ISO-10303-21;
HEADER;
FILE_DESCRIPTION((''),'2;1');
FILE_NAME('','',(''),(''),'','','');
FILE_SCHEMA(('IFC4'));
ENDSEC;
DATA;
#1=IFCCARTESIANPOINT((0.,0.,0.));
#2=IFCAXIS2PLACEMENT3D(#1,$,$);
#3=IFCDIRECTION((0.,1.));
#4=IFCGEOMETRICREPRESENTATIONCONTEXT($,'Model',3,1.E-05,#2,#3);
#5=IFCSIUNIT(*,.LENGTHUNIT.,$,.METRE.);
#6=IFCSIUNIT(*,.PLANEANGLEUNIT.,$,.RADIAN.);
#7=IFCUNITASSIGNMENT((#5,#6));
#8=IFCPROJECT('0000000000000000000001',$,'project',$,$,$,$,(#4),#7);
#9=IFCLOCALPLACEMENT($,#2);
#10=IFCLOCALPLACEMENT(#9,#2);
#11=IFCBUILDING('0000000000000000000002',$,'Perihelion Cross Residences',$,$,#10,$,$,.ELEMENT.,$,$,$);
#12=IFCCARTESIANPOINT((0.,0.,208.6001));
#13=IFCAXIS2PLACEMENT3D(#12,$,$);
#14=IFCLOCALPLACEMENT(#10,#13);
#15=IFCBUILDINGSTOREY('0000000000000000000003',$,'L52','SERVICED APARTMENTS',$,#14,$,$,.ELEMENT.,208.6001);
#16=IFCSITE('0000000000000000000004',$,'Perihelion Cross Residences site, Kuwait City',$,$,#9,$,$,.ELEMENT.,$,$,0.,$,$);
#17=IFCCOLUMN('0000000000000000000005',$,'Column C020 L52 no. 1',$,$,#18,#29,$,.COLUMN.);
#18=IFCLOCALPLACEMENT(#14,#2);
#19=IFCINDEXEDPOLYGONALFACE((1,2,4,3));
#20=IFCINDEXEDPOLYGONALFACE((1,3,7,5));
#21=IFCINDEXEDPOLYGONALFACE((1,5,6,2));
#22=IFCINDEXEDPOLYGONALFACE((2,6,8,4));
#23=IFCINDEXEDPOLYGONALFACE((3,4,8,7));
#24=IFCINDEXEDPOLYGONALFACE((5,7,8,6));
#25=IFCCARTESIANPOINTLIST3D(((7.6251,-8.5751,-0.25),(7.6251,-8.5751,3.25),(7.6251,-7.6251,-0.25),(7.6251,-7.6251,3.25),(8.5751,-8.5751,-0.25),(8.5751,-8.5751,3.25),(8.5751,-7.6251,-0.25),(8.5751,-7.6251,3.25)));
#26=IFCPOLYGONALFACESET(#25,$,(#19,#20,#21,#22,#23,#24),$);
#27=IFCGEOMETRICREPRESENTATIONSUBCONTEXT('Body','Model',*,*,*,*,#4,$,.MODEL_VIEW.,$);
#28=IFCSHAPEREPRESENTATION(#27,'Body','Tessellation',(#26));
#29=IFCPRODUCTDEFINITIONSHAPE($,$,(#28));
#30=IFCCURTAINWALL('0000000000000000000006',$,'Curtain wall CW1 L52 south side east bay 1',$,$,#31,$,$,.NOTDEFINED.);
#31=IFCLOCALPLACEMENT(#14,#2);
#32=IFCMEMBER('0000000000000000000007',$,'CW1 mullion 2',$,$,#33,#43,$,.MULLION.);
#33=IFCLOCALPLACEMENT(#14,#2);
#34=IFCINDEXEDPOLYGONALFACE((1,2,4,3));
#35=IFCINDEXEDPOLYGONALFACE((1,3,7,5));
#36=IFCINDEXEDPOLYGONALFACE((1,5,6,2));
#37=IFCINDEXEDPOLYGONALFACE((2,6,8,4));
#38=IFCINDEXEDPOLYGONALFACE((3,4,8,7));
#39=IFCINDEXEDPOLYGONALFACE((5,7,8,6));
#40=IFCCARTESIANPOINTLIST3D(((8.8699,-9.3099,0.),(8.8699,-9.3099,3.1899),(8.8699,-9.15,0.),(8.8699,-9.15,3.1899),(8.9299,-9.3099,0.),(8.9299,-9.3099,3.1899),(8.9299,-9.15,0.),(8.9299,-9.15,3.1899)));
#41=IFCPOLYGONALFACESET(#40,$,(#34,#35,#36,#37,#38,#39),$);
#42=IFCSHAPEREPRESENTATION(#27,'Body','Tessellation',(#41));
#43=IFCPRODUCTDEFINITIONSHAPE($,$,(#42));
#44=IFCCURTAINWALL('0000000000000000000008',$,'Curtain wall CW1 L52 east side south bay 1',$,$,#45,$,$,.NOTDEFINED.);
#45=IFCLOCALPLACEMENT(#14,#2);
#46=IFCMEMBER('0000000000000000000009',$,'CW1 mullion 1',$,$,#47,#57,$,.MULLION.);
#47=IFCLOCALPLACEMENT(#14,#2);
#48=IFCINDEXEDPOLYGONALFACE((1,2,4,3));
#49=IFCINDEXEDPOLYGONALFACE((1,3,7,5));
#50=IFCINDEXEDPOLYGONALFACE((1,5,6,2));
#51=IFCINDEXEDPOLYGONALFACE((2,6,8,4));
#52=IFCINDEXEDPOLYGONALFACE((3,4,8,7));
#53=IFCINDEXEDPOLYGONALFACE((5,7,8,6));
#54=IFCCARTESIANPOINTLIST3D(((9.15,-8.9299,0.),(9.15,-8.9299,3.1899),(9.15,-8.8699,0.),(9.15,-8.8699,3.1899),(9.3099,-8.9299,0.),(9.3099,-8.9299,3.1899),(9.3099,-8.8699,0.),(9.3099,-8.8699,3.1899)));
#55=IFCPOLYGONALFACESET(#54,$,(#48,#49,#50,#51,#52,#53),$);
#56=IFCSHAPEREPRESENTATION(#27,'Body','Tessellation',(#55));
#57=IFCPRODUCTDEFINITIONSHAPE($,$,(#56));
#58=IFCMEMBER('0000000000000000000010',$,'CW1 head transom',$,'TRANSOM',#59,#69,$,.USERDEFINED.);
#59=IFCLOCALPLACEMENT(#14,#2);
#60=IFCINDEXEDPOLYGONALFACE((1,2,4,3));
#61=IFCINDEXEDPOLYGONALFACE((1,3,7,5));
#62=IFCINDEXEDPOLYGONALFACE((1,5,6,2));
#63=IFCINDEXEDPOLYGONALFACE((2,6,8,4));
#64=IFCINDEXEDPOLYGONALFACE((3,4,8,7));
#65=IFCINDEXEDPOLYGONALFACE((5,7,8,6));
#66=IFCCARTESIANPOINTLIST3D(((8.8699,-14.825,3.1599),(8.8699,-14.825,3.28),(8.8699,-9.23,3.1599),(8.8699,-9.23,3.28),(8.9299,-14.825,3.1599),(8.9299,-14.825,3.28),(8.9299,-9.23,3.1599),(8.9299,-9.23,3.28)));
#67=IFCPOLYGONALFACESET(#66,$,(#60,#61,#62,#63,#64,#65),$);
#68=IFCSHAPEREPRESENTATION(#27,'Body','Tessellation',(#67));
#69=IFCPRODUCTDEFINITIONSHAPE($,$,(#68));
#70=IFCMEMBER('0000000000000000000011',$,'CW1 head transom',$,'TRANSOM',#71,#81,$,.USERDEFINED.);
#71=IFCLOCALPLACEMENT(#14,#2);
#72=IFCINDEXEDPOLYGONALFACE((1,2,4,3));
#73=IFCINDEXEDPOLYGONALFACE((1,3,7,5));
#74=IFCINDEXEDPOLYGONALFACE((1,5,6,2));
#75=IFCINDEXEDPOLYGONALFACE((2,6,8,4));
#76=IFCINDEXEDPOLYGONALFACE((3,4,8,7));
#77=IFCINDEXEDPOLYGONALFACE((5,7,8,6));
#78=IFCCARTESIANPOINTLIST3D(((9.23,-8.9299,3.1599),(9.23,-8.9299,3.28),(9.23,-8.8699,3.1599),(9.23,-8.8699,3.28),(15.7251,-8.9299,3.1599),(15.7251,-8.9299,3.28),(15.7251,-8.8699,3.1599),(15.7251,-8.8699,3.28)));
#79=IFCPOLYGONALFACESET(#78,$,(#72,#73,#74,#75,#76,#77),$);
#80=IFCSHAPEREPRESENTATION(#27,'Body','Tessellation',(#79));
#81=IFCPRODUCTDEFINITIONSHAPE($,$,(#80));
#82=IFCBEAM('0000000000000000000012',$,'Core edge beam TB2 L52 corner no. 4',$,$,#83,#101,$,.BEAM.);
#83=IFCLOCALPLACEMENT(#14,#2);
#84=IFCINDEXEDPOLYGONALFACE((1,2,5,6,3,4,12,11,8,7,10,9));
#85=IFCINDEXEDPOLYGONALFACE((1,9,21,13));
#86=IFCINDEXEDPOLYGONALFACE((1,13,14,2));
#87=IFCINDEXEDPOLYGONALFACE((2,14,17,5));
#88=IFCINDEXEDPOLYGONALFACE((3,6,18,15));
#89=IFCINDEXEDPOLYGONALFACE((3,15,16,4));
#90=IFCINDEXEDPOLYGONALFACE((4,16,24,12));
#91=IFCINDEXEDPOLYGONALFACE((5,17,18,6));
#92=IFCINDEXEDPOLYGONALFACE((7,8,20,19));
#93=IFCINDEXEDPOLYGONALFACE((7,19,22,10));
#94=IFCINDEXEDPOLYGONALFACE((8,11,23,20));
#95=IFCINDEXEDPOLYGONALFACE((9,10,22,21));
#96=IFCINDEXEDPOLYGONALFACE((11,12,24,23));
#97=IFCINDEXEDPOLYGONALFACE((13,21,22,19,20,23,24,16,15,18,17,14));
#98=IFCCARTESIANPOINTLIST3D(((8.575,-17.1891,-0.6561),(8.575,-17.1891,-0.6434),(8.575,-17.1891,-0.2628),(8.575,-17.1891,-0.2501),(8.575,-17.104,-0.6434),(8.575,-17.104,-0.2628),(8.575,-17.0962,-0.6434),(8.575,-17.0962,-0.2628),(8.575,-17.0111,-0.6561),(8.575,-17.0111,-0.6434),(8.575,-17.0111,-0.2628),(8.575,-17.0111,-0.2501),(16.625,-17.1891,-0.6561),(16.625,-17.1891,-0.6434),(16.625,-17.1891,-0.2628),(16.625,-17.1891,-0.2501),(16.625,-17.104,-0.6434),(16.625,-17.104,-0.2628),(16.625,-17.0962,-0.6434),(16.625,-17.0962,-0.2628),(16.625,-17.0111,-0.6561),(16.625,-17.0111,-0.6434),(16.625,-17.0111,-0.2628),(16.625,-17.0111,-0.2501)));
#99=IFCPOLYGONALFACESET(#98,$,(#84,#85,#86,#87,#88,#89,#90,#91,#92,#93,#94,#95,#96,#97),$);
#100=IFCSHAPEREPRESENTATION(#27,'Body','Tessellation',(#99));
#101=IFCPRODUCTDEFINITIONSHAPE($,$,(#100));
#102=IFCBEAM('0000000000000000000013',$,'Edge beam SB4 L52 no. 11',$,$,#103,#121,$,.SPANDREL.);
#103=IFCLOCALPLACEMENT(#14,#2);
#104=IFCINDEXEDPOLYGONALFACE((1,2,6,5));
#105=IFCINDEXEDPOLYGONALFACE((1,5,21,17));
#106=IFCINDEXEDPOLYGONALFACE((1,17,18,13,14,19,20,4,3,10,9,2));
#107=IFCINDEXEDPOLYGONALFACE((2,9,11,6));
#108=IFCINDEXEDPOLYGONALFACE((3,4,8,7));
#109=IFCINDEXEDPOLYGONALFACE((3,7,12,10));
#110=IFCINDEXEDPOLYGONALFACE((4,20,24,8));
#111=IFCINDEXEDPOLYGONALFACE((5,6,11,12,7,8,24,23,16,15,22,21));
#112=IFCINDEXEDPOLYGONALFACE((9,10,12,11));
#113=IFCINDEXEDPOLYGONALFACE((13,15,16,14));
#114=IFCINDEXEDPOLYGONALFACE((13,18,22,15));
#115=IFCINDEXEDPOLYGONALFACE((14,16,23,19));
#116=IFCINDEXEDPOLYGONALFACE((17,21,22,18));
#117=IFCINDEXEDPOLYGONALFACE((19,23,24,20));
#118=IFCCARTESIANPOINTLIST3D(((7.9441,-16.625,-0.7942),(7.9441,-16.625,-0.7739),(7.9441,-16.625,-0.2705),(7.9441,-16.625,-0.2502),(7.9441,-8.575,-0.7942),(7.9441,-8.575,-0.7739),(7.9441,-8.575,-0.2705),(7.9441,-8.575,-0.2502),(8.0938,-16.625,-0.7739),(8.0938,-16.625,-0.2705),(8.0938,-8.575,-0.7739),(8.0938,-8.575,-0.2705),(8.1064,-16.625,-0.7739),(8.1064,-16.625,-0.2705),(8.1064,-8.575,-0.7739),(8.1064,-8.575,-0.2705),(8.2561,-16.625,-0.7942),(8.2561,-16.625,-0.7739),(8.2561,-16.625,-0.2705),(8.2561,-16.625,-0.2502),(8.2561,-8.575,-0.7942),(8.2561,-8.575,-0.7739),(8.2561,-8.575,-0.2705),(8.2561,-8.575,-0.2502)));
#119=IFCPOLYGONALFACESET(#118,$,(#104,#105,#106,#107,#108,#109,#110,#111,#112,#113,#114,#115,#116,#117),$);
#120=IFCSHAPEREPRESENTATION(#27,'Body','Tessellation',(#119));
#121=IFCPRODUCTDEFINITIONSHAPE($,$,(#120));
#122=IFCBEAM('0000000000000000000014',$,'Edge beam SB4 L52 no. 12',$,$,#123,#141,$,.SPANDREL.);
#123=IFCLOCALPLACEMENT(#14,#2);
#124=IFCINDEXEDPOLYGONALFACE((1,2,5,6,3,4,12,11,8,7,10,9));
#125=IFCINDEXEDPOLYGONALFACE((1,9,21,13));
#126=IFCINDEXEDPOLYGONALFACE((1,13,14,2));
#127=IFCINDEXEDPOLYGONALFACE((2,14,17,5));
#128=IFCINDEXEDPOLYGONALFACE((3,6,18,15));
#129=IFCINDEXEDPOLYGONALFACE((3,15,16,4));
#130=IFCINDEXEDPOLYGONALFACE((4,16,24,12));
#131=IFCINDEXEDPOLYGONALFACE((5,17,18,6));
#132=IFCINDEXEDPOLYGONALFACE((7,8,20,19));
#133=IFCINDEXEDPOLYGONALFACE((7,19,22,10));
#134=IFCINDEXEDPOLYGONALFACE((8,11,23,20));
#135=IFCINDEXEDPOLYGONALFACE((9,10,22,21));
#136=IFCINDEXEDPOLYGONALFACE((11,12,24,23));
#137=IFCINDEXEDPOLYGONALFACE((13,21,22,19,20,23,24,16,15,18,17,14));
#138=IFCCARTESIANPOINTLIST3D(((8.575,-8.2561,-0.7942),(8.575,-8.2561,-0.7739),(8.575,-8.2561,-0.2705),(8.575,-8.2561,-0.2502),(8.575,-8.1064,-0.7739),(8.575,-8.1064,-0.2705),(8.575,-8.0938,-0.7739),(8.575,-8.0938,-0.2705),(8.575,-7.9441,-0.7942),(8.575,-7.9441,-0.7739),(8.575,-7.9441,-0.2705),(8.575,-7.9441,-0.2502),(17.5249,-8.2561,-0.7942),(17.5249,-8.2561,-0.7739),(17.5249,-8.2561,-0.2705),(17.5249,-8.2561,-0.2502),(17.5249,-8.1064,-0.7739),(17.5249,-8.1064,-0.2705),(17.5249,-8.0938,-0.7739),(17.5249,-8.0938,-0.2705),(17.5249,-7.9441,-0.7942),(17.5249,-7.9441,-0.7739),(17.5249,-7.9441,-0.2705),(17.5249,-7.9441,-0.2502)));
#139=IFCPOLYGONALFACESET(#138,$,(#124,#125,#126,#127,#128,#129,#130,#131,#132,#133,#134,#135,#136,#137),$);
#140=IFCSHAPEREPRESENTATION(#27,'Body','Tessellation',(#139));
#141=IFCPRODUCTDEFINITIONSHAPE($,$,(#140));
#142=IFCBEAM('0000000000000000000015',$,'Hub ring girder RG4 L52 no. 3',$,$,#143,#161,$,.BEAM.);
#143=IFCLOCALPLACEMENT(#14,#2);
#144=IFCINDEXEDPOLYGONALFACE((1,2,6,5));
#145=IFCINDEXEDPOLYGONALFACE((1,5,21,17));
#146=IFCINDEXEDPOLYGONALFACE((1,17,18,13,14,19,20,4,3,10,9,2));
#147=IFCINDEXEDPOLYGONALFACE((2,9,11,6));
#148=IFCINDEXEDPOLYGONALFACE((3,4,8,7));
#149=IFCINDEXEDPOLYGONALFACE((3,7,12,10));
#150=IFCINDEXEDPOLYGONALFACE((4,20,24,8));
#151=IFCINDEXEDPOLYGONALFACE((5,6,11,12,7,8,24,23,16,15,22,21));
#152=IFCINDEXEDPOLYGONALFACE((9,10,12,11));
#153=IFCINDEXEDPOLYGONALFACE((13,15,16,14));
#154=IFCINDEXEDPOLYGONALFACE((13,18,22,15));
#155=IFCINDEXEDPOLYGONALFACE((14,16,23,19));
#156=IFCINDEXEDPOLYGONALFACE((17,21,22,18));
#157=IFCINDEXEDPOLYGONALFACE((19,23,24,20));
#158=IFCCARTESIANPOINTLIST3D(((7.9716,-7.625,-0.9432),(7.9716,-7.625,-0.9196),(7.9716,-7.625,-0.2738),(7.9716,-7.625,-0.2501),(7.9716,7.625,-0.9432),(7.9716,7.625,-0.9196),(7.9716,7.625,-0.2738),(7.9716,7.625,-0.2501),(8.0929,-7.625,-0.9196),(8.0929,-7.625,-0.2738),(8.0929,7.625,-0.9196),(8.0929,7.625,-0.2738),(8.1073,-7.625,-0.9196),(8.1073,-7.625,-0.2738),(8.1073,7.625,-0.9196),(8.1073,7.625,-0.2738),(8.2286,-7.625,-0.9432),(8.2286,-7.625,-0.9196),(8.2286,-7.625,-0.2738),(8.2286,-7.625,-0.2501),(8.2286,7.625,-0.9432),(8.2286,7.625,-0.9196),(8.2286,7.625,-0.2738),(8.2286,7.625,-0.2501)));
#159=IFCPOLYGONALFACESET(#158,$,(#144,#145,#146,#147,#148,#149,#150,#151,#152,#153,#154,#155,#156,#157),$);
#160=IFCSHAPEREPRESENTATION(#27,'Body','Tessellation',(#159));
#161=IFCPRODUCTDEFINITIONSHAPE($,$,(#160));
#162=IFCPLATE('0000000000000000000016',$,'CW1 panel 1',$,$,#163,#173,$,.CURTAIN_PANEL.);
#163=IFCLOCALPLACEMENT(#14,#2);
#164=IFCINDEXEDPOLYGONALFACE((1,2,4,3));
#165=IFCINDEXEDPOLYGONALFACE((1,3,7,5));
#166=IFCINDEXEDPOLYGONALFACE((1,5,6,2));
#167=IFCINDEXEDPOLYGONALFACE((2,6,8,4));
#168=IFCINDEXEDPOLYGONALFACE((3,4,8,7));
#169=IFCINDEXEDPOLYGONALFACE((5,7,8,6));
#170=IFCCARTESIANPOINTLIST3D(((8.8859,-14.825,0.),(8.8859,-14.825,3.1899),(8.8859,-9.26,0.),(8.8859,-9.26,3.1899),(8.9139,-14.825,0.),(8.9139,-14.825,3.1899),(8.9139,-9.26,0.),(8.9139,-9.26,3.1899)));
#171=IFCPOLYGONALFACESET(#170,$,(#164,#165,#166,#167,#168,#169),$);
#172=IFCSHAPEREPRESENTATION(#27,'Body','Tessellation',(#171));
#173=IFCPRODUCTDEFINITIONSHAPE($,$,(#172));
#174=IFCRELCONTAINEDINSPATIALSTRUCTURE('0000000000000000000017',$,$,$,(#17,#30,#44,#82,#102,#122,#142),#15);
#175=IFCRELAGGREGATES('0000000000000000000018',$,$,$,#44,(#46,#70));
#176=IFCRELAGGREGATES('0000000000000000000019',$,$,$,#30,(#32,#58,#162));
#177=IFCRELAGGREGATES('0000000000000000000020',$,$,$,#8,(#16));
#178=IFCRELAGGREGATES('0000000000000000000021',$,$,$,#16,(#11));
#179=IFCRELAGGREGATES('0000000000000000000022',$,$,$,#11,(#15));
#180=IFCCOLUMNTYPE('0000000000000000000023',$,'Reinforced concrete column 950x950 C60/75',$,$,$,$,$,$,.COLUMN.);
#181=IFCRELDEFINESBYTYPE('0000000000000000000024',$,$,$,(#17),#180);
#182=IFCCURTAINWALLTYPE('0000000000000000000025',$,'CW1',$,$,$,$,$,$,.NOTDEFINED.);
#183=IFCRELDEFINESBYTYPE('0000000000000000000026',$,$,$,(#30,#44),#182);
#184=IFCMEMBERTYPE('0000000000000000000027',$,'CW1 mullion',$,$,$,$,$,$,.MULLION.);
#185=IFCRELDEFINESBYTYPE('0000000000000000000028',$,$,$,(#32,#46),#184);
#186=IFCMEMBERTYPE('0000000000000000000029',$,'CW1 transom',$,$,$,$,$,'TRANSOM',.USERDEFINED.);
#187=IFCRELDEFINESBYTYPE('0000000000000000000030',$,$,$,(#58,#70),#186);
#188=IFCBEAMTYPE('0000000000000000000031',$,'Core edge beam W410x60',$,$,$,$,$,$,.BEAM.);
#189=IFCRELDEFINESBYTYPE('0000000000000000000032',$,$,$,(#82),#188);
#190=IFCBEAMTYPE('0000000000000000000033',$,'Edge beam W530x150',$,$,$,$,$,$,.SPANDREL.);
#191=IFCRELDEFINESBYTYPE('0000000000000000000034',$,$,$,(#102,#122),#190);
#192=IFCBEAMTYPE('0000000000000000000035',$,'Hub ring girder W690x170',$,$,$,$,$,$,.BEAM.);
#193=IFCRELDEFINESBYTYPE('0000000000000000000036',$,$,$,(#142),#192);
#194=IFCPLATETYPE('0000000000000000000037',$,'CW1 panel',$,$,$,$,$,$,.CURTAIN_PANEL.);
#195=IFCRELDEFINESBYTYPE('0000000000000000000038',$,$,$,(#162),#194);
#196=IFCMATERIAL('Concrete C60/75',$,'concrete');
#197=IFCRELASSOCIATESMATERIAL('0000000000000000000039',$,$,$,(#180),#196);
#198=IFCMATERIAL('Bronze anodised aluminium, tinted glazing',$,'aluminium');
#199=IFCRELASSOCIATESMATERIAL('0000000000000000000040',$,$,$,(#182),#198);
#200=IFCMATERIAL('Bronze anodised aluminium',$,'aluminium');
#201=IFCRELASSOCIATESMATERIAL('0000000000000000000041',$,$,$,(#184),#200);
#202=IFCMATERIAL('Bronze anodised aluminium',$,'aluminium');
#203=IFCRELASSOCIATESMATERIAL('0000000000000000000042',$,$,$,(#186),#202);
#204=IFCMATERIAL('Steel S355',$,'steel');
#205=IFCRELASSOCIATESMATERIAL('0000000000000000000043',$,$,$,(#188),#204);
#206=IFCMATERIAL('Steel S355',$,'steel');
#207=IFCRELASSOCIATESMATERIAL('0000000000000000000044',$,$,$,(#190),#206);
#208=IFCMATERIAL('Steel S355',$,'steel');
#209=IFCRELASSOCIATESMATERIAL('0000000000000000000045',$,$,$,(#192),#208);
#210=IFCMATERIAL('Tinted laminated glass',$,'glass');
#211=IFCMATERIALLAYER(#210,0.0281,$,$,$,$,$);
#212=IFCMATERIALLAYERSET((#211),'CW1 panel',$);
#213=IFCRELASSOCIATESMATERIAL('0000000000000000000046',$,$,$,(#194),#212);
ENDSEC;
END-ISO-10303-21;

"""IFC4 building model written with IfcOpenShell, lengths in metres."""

from ifc_helpers import new_model, si_unit, direction, frame, origin, origin_2d, place, context, subcontext, project, spatial, rectangle, i_section, extrude, material, layer, layer_set, material_profile, profile_set, type_object, element, aggregate, save


model = new_model("IFC4")

# Units and contexts
model_context = context("Model", 3, precision=1e-05, world=origin(), true_north=direction((0.0, 1.0)))
body_context = subcontext(model_context, "Body", "Model", "MODEL_VIEW")
ifc_project = project(units=[si_unit("LENGTHUNIT", "METRE"), si_unit("PLANEANGLEUNIT", "RADIAN")], contexts=[model_context])

# Site, building, storey
site_placement = place(None, origin())
site = spatial("IfcSite", under=ifc_project, at=site_placement, Name="Perihelion Cross Residences site, Kuwait City", CompositionType="ELEMENT", RefElevation=0.0)
building_placement = place(site_placement, origin())
building = spatial("IfcBuilding", under=site, at=building_placement, Name="Perihelion Cross Residences", CompositionType="ELEMENT")
storey_placement = place(building_placement, frame((0.0, 0.0, 208.6001)))
storey = spatial("IfcBuildingStorey", under=building, at=storey_placement, Name="L52", Description="SERVICED APARTMENTS", CompositionType="ELEMENT", Elevation=208.6001)

# Column
ifc_material_1 = material(Name="Concrete C60/75", Category="concrete")
ifc_material_profile_1 = material_profile(ifc_material_1, rectangle(XDim=0.95, YDim=0.95, at=origin_2d()), Name="RC 950x950")
ifc_profile_set_1 = profile_set([ifc_material_profile_1], Name="Concrete C60/75")
column_type = type_object("IfcColumnType", Name="Reinforced concrete column 950x950 C60/75", PredefinedType="COLUMN", material=ifc_profile_set_1)
column_placement = place(storey_placement, frame((8.1001, -8.1001, -0.25), z_axis=(0.0, 0.0, 1.0), x_axis=(1.0, 0.0, 0.0)))
element("IfcColumn", 1, at=column_placement, inside=storey, type_object=column_type, Name="Column C020 L52 no. 1", PredefinedType="COLUMN", context=body_context, shape_type="SweptSolid", body=[
    extrude(rectangle(XDim=0.95, YDim=0.95, at=origin_2d()), origin(), (0.0, 0.0, 1.0), 3.5),
])

# Curtain walls, members
ifc_material_2 = material(Name="Bronze anodised aluminium, tinted glazing", Category="aluminium")
curtain_wall_type = type_object("IfcCurtainWallType", Name="CW1", PredefinedType="NOTDEFINED", material=ifc_material_2)
curtain_wall_1_placement = place(storey_placement, origin())
curtain_wall_1 = element("IfcCurtainWall", 2, at=curtain_wall_1_placement, inside=storey, type_object=curtain_wall_type, Name="Curtain wall CW1 L52 south side east bay 1", PredefinedType="NOTDEFINED")
ifc_material_3 = material(Name="Bronze anodised aluminium", Category="aluminium")
ifc_material_profile_2 = material_profile(ifc_material_3, rectangle(XDim=0.0601, YDim=0.1599, at=origin_2d()), Name="CW1 mullion")
ifc_profile_set_2 = profile_set([ifc_material_profile_2], Name="Bronze anodised aluminium")
member_type_1 = type_object("IfcMemberType", Name="CW1 mullion", PredefinedType="MULLION", material=ifc_profile_set_2)
member_1_placement = place(storey_placement, frame((8.8999, -9.23, 0.0), z_axis=(0.0, 0.0, 1.0), x_axis=(-1.0, 0.0, 0.0)))
member_1 = element("IfcMember", 3, at=member_1_placement, type_object=member_type_1, Name="CW1 mullion 2", PredefinedType="MULLION", context=body_context, shape_type="SweptSolid", body=[
    extrude(rectangle(XDim=0.0601, YDim=0.1599, at=origin_2d()), origin(), (0.0, 0.0, 1.0), 3.1899),
])
curtain_wall_2_placement = place(storey_placement, origin())
curtain_wall_2 = element("IfcCurtainWall", 4, at=curtain_wall_2_placement, inside=storey, type_object=curtain_wall_type, Name="Curtain wall CW1 L52 east side south bay 1", PredefinedType="NOTDEFINED")
member_2_placement = place(storey_placement, frame((9.23, -8.8999, 0.0), z_axis=(0.0, 0.0, 1.0), x_axis=(0.0, 1.0, 0.0)))
member_2 = element("IfcMember", 5, at=member_2_placement, type_object=member_type_1, Name="CW1 mullion 1", PredefinedType="MULLION", context=body_context, shape_type="SweptSolid", body=[
    extrude(rectangle(XDim=0.0601, YDim=0.1599, at=origin_2d()), origin(), (0.0, 0.0, 1.0), 3.1899),
])

# Members
ifc_material_4 = material(Name="Bronze anodised aluminium", Category="aluminium")
ifc_material_profile_3 = material_profile(ifc_material_4, rectangle(XDim=0.0601, YDim=0.1201, at=origin_2d()), Name="CW1 transom")
ifc_profile_set_3 = profile_set([ifc_material_profile_3], Name="Bronze anodised aluminium")
member_type_2 = type_object("IfcMemberType", Name="CW1 transom", ElementType="TRANSOM", PredefinedType="USERDEFINED", material=ifc_profile_set_3)
member_3_placement = place(storey_placement, frame((8.8999, -14.825, 3.22), z_axis=(0.0, 1.0, 0.0), x_axis=(-1.0, 0.0, 0.0)))
member_3 = element("IfcMember", 6, at=member_3_placement, type_object=member_type_2, Name="CW1 head transom", ObjectType="TRANSOM", PredefinedType="USERDEFINED", context=body_context, shape_type="SweptSolid", body=[
    extrude(rectangle(XDim=0.0601, YDim=0.1201, at=origin_2d()), origin(), (0.0, 0.0, 1.0), 5.595),
])
member_4_placement = place(storey_placement, frame((9.23, -8.8999, 3.22), z_axis=(1.0, 0.0, 0.0), x_axis=(0.0, 1.0, 0.0)))
member_4 = element("IfcMember", 7, at=member_4_placement, type_object=member_type_2, Name="CW1 head transom", ObjectType="TRANSOM", PredefinedType="USERDEFINED", context=body_context, shape_type="SweptSolid", body=[
    extrude(rectangle(XDim=0.0601, YDim=0.1201, at=origin_2d()), origin(), (0.0, 0.0, 1.0), 6.4951),
])
aggregate(curtain_wall_2, [member_2, member_4])

# Beams
ifc_material_5 = material(Name="Steel S355", Category="steel")
ifc_material_profile_4 = material_profile(ifc_material_5, i_section(OverallWidth=0.178, OverallDepth=0.406, WebThickness=0.0078, FlangeThickness=0.0127, at=origin_2d()), Name="W410x60")
ifc_profile_set_4 = profile_set([ifc_material_profile_4], Name="Steel S355")
beam_type_1 = type_object("IfcBeamType", Name="Core edge beam W410x60", PredefinedType="BEAM", material=ifc_profile_set_4)
beam_1_placement = place(storey_placement, frame((8.575, -17.1001, -0.4531), z_axis=(1.0, 0.0, 0.0), x_axis=(0.0, 1.0, 0.0)))
element("IfcBeam", 8, at=beam_1_placement, inside=storey, type_object=beam_type_1, Name="Core edge beam TB2 L52 corner no. 4", PredefinedType="BEAM", context=body_context, shape_type="SweptSolid", body=[
    extrude(i_section(OverallWidth=0.178, OverallDepth=0.406, WebThickness=0.0078, FlangeThickness=0.0127, at=origin_2d()), origin(), (0.0, 0.0, 1.0), 8.05),
])
ifc_material_6 = material(Name="Steel S355", Category="steel")
ifc_material_profile_5 = material_profile(ifc_material_6, i_section(OverallWidth=0.312, OverallDepth=0.5439, WebThickness=0.0127, FlangeThickness=0.0203, at=origin_2d()), Name="W530x150")
ifc_profile_set_5 = profile_set([ifc_material_profile_5], Name="Steel S355")
beam_type_2 = type_object("IfcBeamType", Name="Edge beam W530x150", PredefinedType="SPANDREL", material=ifc_profile_set_5)
beam_2_placement = place(storey_placement, frame((8.1001, -16.625, -0.5222), z_axis=(0.0, 1.0, 0.0), x_axis=(-1.0, 0.0, 0.0)))
element("IfcBeam", 9, at=beam_2_placement, inside=storey, type_object=beam_type_2, Name="Edge beam SB4 L52 no. 11", PredefinedType="SPANDREL", context=body_context, shape_type="SweptSolid", body=[
    extrude(i_section(OverallWidth=0.312, OverallDepth=0.5439, WebThickness=0.0127, FlangeThickness=0.0203, at=origin_2d()), origin(), (0.0, 0.0, 1.0), 8.05),
])
beam_3_placement = place(storey_placement, frame((8.575, -8.1001, -0.5222), z_axis=(1.0, 0.0, 0.0), x_axis=(0.0, 1.0, 0.0)))
element("IfcBeam", 10, at=beam_3_placement, inside=storey, type_object=beam_type_2, Name="Edge beam SB4 L52 no. 12", PredefinedType="SPANDREL", context=body_context, shape_type="SweptSolid", body=[
    extrude(i_section(OverallWidth=0.312, OverallDepth=0.5439, WebThickness=0.0127, FlangeThickness=0.0203, at=origin_2d()), origin(), (0.0, 0.0, 1.0), 8.95),
])
ifc_material_7 = material(Name="Steel S355", Category="steel")
ifc_material_profile_6 = material_profile(ifc_material_7, i_section(OverallWidth=0.2571, OverallDepth=0.6931, WebThickness=0.0144, FlangeThickness=0.0237, at=origin_2d()), Name="W690x170")
ifc_profile_set_6 = profile_set([ifc_material_profile_6], Name="Steel S355")
beam_type_3 = type_object("IfcBeamType", Name="Hub ring girder W690x170", PredefinedType="BEAM", material=ifc_profile_set_6)
beam_4_placement = place(storey_placement, frame((8.1001, -7.625, -0.5967), z_axis=(0.0, 1.0, 0.0), x_axis=(-1.0, 0.0, 0.0)))
element("IfcBeam", 11, at=beam_4_placement, inside=storey, type_object=beam_type_3, Name="Hub ring girder RG4 L52 no. 3", PredefinedType="BEAM", context=body_context, shape_type="SweptSolid", body=[
    extrude(i_section(OverallWidth=0.2571, OverallDepth=0.6931, WebThickness=0.0144, FlangeThickness=0.0237, at=origin_2d()), origin(), (0.0, 0.0, 1.0), 15.25),
])

# Plate
ifc_material_8 = material(Name="Tinted laminated glass", Category="glass")
ifc_layer_1 = layer(ifc_material_8, 0.0281)
ifc_layer_set_1 = layer_set([ifc_layer_1], Name="CW1 panel")
plate_type = type_object("IfcPlateType", Name="CW1 panel", PredefinedType="CURTAIN_PANEL", material=ifc_layer_set_1)
plate_placement = place(storey_placement, frame((8.8999, -12.0425, 0.0), z_axis=(0.0, 0.0, 1.0), x_axis=(0.0, 1.0, 0.0)))
plate = element("IfcPlate", 12, at=plate_placement, type_object=plate_type, Name="CW1 panel 1", PredefinedType="CURTAIN_PANEL", context=body_context, shape_type="SweptSolid", body=[
    extrude(rectangle(XDim=5.5649, YDim=0.0281, at=origin_2d()), origin(), (0.0, 0.0, 1.0), 3.1899),
])
aggregate(curtain_wall_1, [member_1, member_3, plate])

save(model, "model.ifc")
